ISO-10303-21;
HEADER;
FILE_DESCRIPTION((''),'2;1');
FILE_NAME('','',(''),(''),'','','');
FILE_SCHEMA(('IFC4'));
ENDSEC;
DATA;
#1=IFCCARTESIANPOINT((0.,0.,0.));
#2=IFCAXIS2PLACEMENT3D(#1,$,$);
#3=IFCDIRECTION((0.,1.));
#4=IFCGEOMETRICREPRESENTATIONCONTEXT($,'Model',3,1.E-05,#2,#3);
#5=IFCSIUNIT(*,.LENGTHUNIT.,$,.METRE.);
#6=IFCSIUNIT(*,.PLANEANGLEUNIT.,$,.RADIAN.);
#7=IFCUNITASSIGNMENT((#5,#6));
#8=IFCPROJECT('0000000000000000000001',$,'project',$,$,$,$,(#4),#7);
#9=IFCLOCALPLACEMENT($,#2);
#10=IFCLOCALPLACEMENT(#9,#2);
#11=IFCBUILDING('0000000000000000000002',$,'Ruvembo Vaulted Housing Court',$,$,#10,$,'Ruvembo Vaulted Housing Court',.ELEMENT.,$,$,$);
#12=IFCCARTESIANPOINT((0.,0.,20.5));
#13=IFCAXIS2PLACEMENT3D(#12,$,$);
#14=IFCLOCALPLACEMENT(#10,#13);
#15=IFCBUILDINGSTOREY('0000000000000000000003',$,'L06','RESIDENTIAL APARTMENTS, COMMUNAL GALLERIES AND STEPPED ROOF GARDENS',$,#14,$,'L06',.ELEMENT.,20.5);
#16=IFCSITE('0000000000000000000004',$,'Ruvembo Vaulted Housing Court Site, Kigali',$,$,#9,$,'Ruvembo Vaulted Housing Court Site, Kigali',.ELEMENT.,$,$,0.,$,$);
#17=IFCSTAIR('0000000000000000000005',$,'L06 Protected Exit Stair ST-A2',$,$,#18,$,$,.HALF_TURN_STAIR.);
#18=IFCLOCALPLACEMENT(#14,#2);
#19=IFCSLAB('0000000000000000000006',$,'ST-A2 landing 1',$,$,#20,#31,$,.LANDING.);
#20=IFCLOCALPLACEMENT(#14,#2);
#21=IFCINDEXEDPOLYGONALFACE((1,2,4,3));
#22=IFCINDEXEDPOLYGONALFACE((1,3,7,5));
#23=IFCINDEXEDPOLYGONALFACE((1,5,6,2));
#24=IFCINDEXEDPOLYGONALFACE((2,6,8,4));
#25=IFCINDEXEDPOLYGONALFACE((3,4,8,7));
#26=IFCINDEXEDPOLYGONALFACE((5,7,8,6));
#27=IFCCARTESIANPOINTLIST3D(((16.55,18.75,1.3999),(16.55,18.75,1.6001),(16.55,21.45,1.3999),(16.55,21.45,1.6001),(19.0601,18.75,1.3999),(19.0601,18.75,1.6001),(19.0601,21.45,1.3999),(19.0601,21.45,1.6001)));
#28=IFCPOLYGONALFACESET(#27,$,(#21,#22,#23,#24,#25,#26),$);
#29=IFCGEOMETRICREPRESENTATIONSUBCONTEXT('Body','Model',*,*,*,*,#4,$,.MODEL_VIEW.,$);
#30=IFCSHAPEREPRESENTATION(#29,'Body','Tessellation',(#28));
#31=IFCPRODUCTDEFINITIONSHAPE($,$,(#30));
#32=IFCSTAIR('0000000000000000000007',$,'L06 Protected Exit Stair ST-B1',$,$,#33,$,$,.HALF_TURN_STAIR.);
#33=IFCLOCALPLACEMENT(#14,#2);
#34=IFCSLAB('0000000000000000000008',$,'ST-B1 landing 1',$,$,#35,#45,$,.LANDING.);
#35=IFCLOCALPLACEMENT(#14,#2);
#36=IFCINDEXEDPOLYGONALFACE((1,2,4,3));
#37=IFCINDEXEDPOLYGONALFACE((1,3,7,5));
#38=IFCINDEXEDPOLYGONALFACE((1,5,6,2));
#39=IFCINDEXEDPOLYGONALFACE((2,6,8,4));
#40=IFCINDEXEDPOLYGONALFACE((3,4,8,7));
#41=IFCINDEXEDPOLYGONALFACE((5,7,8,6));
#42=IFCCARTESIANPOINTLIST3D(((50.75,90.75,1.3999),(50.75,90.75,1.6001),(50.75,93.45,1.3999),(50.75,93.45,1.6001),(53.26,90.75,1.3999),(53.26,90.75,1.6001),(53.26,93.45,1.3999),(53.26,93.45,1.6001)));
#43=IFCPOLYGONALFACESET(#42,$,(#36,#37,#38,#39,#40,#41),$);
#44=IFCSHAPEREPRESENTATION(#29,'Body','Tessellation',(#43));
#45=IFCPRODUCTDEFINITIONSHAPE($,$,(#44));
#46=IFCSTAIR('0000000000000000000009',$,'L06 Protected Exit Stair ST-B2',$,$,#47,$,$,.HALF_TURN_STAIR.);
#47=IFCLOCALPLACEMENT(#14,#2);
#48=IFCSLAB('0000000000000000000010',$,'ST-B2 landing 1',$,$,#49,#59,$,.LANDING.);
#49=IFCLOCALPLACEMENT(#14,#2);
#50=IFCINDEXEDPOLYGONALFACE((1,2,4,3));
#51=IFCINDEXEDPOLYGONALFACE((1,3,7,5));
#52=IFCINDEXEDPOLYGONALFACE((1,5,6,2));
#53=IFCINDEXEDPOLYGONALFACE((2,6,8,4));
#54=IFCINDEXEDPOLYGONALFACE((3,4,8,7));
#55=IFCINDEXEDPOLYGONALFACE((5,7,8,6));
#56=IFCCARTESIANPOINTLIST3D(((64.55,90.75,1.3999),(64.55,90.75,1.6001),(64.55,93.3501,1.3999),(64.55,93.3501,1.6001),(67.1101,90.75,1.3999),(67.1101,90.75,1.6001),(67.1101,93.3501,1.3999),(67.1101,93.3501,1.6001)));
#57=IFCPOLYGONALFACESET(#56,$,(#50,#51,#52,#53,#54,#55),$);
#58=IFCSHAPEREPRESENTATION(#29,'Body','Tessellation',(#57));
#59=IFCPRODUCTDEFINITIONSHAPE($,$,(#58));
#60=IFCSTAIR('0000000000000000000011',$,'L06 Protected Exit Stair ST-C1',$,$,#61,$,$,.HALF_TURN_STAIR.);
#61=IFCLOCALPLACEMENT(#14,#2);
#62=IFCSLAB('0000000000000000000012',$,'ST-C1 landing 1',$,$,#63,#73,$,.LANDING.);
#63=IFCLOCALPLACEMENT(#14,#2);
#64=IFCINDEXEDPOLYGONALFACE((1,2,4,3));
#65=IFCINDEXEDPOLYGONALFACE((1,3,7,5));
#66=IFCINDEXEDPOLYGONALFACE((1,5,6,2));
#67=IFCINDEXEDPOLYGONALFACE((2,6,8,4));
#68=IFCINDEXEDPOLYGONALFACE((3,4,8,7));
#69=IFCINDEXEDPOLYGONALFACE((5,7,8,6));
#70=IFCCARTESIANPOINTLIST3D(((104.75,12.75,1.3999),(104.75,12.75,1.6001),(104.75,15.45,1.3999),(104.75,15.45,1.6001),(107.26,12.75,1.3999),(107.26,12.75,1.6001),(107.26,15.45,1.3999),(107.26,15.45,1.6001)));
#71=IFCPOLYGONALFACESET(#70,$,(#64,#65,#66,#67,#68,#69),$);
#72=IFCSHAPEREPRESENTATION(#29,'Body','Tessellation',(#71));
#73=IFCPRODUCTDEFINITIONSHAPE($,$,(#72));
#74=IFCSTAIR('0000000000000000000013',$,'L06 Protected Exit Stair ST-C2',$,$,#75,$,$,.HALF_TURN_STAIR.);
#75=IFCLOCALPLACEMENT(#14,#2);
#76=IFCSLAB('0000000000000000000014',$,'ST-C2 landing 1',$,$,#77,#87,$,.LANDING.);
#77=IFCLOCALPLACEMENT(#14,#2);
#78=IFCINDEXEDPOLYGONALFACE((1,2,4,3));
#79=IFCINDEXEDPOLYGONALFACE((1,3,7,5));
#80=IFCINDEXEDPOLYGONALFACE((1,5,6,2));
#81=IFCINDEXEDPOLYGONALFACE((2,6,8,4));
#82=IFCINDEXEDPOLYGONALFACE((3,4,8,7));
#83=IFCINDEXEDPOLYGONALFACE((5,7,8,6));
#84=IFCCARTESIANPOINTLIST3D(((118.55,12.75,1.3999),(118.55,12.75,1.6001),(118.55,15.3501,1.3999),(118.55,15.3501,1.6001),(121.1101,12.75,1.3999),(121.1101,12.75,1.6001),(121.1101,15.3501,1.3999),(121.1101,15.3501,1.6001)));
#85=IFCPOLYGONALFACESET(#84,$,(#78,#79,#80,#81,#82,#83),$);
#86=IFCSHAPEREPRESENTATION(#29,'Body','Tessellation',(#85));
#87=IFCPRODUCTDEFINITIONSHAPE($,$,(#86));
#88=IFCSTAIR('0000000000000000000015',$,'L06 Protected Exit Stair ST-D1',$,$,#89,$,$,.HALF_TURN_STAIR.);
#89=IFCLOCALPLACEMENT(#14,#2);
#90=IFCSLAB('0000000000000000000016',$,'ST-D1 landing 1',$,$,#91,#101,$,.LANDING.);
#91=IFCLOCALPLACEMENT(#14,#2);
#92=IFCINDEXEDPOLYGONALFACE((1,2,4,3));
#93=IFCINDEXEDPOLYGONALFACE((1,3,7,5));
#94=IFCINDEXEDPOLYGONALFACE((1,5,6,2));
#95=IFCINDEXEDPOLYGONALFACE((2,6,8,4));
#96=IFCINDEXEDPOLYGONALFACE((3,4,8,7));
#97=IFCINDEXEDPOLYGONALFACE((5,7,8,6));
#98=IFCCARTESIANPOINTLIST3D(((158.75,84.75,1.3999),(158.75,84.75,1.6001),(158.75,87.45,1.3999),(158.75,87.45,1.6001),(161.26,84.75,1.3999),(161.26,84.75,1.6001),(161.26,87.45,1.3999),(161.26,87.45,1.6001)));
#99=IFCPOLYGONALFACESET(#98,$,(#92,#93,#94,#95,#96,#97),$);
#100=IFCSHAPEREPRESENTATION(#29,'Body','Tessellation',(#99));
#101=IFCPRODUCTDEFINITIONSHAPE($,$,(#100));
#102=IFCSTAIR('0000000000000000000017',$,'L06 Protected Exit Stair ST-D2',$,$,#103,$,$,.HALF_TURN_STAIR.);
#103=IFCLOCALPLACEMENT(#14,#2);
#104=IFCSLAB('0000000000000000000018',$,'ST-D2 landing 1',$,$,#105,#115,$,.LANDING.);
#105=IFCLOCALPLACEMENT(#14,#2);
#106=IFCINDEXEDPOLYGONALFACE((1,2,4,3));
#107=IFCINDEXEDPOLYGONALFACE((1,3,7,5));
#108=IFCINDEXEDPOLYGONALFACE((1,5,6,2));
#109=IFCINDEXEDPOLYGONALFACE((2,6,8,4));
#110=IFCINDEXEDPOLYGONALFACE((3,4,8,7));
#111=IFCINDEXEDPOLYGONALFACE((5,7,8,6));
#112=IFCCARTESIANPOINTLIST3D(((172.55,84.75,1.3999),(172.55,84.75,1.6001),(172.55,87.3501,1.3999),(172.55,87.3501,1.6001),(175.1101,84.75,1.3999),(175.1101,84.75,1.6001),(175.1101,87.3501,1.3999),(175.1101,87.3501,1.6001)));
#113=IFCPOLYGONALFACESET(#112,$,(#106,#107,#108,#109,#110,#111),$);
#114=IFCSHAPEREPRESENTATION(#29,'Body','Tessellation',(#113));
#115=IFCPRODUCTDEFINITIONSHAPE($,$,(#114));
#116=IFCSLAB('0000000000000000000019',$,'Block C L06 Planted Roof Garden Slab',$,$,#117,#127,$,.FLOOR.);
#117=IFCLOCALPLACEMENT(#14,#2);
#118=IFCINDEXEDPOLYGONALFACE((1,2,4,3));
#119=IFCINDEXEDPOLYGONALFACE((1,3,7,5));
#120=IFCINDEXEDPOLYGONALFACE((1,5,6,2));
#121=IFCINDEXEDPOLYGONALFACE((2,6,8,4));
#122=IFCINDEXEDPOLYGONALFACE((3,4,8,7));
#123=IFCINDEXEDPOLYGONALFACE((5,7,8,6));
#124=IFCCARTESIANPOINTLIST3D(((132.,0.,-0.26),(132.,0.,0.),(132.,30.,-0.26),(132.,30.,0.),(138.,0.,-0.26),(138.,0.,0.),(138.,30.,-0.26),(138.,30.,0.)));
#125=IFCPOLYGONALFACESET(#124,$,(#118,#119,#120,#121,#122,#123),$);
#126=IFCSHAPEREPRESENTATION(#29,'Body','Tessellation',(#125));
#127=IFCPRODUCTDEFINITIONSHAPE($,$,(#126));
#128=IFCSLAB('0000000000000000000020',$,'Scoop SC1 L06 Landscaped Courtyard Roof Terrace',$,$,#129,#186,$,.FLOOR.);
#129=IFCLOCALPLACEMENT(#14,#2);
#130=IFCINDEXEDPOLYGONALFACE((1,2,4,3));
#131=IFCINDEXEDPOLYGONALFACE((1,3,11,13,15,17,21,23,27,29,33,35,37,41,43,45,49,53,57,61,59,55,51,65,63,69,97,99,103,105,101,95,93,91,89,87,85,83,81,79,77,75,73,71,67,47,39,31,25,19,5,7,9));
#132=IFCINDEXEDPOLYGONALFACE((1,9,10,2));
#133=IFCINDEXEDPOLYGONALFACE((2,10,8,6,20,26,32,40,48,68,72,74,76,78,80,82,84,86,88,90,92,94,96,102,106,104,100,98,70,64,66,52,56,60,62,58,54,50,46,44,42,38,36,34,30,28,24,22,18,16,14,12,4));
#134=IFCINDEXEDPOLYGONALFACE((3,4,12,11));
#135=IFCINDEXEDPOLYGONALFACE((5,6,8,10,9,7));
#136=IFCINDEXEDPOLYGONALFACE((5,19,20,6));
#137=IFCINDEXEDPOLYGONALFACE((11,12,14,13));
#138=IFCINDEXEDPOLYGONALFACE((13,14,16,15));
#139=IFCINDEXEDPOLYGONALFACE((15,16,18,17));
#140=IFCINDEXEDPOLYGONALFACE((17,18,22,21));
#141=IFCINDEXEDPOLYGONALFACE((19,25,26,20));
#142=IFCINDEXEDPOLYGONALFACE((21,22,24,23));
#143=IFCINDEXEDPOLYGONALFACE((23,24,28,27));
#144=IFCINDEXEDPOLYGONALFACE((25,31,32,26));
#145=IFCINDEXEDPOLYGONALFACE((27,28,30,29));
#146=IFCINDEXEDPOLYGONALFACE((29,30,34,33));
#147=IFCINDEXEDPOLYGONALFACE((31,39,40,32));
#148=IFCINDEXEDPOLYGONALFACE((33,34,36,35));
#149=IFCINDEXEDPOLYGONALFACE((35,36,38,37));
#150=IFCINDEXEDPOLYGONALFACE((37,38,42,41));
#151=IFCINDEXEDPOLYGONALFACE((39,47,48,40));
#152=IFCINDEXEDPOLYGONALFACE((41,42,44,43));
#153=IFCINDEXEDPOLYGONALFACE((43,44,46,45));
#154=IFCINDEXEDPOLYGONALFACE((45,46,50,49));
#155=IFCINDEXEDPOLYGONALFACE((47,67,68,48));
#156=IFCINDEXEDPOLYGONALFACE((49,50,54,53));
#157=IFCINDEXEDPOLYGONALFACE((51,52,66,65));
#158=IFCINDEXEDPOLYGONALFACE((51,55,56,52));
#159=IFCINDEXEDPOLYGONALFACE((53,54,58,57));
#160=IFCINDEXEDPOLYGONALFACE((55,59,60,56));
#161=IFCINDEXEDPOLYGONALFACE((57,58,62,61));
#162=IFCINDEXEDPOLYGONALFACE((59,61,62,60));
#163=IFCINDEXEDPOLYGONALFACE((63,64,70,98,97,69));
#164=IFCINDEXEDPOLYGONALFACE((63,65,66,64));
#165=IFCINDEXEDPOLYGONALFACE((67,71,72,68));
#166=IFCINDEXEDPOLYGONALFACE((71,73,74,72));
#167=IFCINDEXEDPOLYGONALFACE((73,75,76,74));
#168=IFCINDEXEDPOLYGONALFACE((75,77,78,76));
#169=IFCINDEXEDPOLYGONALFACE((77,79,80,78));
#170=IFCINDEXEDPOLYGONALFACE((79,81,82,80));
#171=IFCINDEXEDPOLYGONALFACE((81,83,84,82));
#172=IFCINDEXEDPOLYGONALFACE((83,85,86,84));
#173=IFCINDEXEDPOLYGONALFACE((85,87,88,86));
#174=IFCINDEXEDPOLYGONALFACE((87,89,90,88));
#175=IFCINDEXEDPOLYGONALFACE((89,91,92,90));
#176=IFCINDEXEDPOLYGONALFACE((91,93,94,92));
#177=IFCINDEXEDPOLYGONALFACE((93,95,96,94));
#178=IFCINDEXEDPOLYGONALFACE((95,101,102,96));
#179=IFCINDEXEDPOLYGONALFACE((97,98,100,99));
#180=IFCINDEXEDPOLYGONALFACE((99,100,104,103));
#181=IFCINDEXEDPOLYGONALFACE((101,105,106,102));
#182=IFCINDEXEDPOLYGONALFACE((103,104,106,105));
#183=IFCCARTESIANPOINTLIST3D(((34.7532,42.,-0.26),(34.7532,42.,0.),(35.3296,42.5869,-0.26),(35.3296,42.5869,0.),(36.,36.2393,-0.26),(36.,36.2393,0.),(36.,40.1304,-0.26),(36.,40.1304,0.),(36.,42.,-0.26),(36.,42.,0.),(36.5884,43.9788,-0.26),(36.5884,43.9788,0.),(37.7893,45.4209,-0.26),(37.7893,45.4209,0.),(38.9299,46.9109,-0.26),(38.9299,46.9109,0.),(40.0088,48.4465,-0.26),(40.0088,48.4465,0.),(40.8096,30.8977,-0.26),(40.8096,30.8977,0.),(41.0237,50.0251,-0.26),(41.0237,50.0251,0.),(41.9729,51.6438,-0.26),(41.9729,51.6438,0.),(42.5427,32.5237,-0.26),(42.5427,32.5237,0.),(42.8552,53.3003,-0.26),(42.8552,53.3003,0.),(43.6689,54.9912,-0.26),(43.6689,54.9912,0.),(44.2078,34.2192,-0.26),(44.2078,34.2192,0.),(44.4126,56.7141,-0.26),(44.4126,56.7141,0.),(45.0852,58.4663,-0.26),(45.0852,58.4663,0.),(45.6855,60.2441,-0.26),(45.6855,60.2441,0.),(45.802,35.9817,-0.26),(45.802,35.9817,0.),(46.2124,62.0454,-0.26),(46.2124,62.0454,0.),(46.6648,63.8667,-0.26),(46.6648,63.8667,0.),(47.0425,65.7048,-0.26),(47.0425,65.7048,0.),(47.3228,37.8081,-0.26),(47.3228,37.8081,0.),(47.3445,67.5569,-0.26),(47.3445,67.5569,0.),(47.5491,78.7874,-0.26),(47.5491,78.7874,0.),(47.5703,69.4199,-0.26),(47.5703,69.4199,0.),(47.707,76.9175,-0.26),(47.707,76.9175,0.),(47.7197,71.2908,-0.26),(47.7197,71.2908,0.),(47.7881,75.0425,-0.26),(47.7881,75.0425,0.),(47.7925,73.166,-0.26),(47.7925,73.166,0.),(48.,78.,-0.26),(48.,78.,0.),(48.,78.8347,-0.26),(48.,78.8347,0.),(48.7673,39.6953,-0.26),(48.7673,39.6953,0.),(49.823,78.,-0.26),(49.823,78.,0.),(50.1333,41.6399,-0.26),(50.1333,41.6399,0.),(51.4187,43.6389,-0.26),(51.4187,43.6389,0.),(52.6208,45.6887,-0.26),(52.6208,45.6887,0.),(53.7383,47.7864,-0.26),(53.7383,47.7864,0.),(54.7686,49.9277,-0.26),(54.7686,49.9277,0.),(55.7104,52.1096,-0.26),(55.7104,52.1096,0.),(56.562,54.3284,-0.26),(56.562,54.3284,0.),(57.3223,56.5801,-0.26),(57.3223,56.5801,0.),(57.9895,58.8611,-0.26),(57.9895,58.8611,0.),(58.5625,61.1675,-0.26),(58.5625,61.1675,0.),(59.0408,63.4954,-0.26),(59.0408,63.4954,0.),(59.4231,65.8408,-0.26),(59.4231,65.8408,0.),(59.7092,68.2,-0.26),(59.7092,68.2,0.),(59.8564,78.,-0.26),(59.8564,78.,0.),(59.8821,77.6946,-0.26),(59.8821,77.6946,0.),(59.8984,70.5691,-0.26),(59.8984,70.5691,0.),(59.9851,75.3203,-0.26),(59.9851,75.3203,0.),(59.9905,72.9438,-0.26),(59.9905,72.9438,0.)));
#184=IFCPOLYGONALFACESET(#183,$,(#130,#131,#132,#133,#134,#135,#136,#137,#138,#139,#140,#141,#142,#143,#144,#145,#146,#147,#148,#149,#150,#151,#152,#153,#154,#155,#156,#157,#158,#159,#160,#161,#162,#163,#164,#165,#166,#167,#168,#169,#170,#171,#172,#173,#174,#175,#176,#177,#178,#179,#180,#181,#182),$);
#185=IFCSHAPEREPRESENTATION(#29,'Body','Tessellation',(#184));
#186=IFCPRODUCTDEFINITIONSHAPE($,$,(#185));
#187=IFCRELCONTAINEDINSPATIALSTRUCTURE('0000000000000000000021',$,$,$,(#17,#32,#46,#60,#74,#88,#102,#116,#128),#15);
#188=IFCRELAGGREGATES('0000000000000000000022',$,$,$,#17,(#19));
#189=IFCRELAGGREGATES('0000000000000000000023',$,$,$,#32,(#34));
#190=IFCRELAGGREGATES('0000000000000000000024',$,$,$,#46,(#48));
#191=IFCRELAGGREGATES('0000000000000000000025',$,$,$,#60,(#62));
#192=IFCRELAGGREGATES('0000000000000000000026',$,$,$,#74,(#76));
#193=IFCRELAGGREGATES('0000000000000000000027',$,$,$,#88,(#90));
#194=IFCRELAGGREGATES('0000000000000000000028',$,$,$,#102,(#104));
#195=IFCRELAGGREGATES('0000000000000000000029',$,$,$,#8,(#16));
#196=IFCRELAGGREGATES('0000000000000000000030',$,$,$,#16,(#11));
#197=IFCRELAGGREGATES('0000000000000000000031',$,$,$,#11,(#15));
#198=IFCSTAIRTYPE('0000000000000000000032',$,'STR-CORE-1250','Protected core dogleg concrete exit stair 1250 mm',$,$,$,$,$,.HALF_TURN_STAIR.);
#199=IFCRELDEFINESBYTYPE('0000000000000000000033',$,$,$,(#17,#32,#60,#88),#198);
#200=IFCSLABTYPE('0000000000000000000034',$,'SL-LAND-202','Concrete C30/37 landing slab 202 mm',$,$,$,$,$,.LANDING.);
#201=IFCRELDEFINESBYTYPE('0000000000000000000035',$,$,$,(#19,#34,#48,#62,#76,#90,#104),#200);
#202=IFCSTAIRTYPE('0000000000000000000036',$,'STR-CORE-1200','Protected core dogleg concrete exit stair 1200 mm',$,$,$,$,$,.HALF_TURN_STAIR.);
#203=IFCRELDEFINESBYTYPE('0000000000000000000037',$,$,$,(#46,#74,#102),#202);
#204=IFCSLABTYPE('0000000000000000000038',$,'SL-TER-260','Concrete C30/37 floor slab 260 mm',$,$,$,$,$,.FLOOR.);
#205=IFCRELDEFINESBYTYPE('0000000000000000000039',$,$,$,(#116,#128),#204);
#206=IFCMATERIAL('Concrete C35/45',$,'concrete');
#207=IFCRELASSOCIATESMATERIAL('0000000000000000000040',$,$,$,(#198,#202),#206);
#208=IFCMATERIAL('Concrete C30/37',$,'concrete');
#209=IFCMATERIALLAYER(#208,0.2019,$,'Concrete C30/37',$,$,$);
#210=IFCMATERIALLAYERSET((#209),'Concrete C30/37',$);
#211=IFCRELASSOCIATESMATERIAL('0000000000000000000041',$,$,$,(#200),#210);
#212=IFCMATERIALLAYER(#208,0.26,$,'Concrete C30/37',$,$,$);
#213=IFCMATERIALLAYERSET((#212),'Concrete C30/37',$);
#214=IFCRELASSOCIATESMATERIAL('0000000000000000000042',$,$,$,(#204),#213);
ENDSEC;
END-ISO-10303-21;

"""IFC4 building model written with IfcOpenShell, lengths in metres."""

from ifc_helpers import new_model, si_unit, direction, frame, origin, place, context, subcontext, project, spatial, polyline, outline, extrude, material, layer, layer_set, type_object, element, aggregate, save


model = new_model("IFC4")

# Units and contexts
model_context = context("Model", 3, precision=1e-05, world=origin(), true_north=direction((0.0, 1.0)))
body_context = subcontext(model_context, "Body", "Model", "MODEL_VIEW")
ifc_project = project(units=[si_unit("LENGTHUNIT", "METRE"), si_unit("PLANEANGLEUNIT", "RADIAN")], contexts=[model_context])

# Site, building, storey
site_placement = place(None, origin())
site = spatial("IfcSite", under=ifc_project, at=site_placement, Name="Ruvembo Vaulted Housing Court Site, Kigali", LongName="Ruvembo Vaulted Housing Court Site, Kigali", CompositionType="ELEMENT", RefElevation=0.0)
building_placement = place(site_placement, origin())
building = spatial("IfcBuilding", under=site, at=building_placement, Name="Ruvembo Vaulted Housing Court", LongName="Ruvembo Vaulted Housing Court", CompositionType="ELEMENT")
storey_placement = place(building_placement, frame((0.0, 0.0, 20.5)))
storey = spatial("IfcBuildingStorey", under=building, at=storey_placement, Name="L06", Description="RESIDENTIAL APARTMENTS, COMMUNAL GALLERIES AND STEPPED ROOF GARDENS", LongName="L06", CompositionType="ELEMENT", Elevation=20.5)

# Shared definitions
ifc_material_1 = material(Name="Concrete C30/37", Category="concrete")

# Stairs, slabs
ifc_material_2 = material(Name="Concrete C35/45", Category="concrete")
stair_type_1 = type_object("IfcStairType", Name="STR-CORE-1250", Description="Protected core dogleg concrete exit stair 1250 mm", PredefinedType="HALF_TURN_STAIR", material=ifc_material_2)
ifc_layer_1 = layer(ifc_material_1, 0.2019, Name="Concrete C30/37")
ifc_layer_set_1 = layer_set([ifc_layer_1], Name="Concrete C30/37")
slab_type_1 = type_object("IfcSlabType", Name="SL-LAND-202", Description="Concrete C30/37 landing slab 202 mm", PredefinedType="LANDING", material=ifc_layer_set_1)
stair_1_placement = place(storey_placement, origin())
stair_1 = element("IfcStair", 1, at=stair_1_placement, inside=storey, type_object=stair_type_1, Name="L06 Protected Exit Stair ST-A2", PredefinedType="HALF_TURN_STAIR")
slab_1_placement = place(storey_placement, frame((0.0, 0.0, 1.3999)))
slab_1 = element("IfcSlab", 2, at=slab_1_placement, type_object=slab_type_1, Name="ST-A2 landing 1", PredefinedType="LANDING", context=body_context, shape_type="SweptSolid", body=[
    extrude(outline(polyline([(19.0601, 21.45), (16.55, 21.45), (16.55, 18.75), (19.0601, 18.75), (19.0601, 21.45)])), origin(), (0.0, 0.0, 1.0), 0.2002),
])
aggregate(stair_1, [slab_1])
stair_2_placement = place(storey_placement, origin())
stair_2 = element("IfcStair", 3, at=stair_2_placement, inside=storey, type_object=stair_type_1, Name="L06 Protected Exit Stair ST-B1", PredefinedType="HALF_TURN_STAIR")
slab_2_placement = place(storey_placement, frame((0.0, 0.0, 1.3999)))
slab_2 = element("IfcSlab", 4, at=slab_2_placement, type_object=slab_type_1, Name="ST-B1 landing 1", PredefinedType="LANDING", context=body_context, shape_type="SweptSolid", body=[
    extrude(outline(polyline([(53.26, 93.45), (50.75, 93.45), (50.75, 90.75), (53.26, 90.75), (53.26, 93.45)])), origin(), (0.0, 0.0, 1.0), 0.2002),
])
aggregate(stair_2, [slab_2])
stair_type_2 = type_object("IfcStairType", Name="STR-CORE-1200", Description="Protected core dogleg concrete exit stair 1200 mm", PredefinedType="HALF_TURN_STAIR", material=ifc_material_2)
stair_3_placement = place(storey_placement, origin())
stair_3 = element("IfcStair", 5, at=stair_3_placement, inside=storey, type_object=stair_type_2, Name="L06 Protected Exit Stair ST-B2", PredefinedType="HALF_TURN_STAIR")
slab_3_placement = place(storey_placement, frame((0.0, 0.0, 1.3999)))
slab_3 = element("IfcSlab", 6, at=slab_3_placement, type_object=slab_type_1, Name="ST-B2 landing 1", PredefinedType="LANDING", context=body_context, shape_type="SweptSolid", body=[
    extrude(outline(polyline([(67.1101, 93.3501), (64.55, 93.3501), (64.55, 90.75), (67.1101, 90.75), (67.1101, 93.3501)])), origin(), (0.0, 0.0, 1.0), 0.2002),
])
aggregate(stair_3, [slab_3])
stair_4_placement = place(storey_placement, origin())
stair_4 = element("IfcStair", 7, at=stair_4_placement, inside=storey, type_object=stair_type_1, Name="L06 Protected Exit Stair ST-C1", PredefinedType="HALF_TURN_STAIR")
slab_4_placement = place(storey_placement, frame((0.0, 0.0, 1.3999)))
slab_4 = element("IfcSlab", 8, at=slab_4_placement, type_object=slab_type_1, Name="ST-C1 landing 1", PredefinedType="LANDING", context=body_context, shape_type="SweptSolid", body=[
    extrude(outline(polyline([(107.26, 15.45), (104.75, 15.45), (104.75, 12.75), (107.26, 12.75), (107.26, 15.45)])), origin(), (0.0, 0.0, 1.0), 0.2002),
])
aggregate(stair_4, [slab_4])
stair_5_placement = place(storey_placement, origin())
stair_5 = element("IfcStair", 9, at=stair_5_placement, inside=storey, type_object=stair_type_2, Name="L06 Protected Exit Stair ST-C2", PredefinedType="HALF_TURN_STAIR")
slab_5_placement = place(storey_placement, frame((0.0, 0.0, 1.3999)))
slab_5 = element("IfcSlab", 10, at=slab_5_placement, type_object=slab_type_1, Name="ST-C2 landing 1", PredefinedType="LANDING", context=body_context, shape_type="SweptSolid", body=[
    extrude(outline(polyline([(121.1101, 15.3501), (118.55, 15.3501), (118.55, 12.75), (121.1101, 12.75), (121.1101, 15.3501)])), origin(), (0.0, 0.0, 1.0), 0.2002),
])
aggregate(stair_5, [slab_5])
stair_6_placement = place(storey_placement, origin())
stair_6 = element("IfcStair", 11, at=stair_6_placement, inside=storey, type_object=stair_type_1, Name="L06 Protected Exit Stair ST-D1", PredefinedType="HALF_TURN_STAIR")
slab_6_placement = place(storey_placement, frame((0.0, 0.0, 1.3999)))
slab_6 = element("IfcSlab", 12, at=slab_6_placement, type_object=slab_type_1, Name="ST-D1 landing 1", PredefinedType="LANDING", context=body_context, shape_type="SweptSolid", body=[
    extrude(outline(polyline([(161.26, 87.45), (158.75, 87.45), (158.75, 84.75), (161.26, 84.75), (161.26, 87.45)])), origin(), (0.0, 0.0, 1.0), 0.2002),
])
aggregate(stair_6, [slab_6])
stair_7_placement = place(storey_placement, origin())
stair_7 = element("IfcStair", 13, at=stair_7_placement, inside=storey, type_object=stair_type_2, Name="L06 Protected Exit Stair ST-D2", PredefinedType="HALF_TURN_STAIR")
slab_7_placement = place(storey_placement, frame((0.0, 0.0, 1.3999)))
slab_7 = element("IfcSlab", 14, at=slab_7_placement, type_object=slab_type_1, Name="ST-D2 landing 1", PredefinedType="LANDING", context=body_context, shape_type="SweptSolid", body=[
    extrude(outline(polyline([(175.1101, 87.3501), (172.55, 87.3501), (172.55, 84.75), (175.1101, 84.75), (175.1101, 87.3501)])), origin(), (0.0, 0.0, 1.0), 0.2002),
])
aggregate(stair_7, [slab_7])

# Slabs
ifc_layer_2 = layer(ifc_material_1, 0.26, Name="Concrete C30/37")
ifc_layer_set_2 = layer_set([ifc_layer_2], Name="Concrete C30/37")
slab_type_2 = type_object("IfcSlabType", Name="SL-TER-260", Description="Concrete C30/37 floor slab 260 mm", PredefinedType="FLOOR", material=ifc_layer_set_2)
slab_8_placement = place(storey_placement, frame((0.0, 0.0, -0.26)))
element("IfcSlab", 15, at=slab_8_placement, inside=storey, type_object=slab_type_2, Name="Block C L06 Planted Roof Garden Slab", PredefinedType="FLOOR", context=body_context, shape_type="SweptSolid", body=[
    extrude(outline(polyline([(132.0, 0.0), (138.0, 0.0), (138.0, 30.0), (132.0, 30.0), (132.0, 0.0)])), origin(), (0.0, 0.0, 1.0), 0.26),
])
slab_9_placement = place(storey_placement, frame((0.0, 0.0, -0.26)))
element("IfcSlab", 16, at=slab_9_placement, inside=storey, type_object=slab_type_2, Name="Scoop SC1 L06 Landscaped Courtyard Roof Terrace", PredefinedType="FLOOR", context=body_context, shape_type="SweptSolid", body=[
    extrude(outline(polyline([(49.823, 78.0), (48.0, 78.0), (48.0, 78.8347), (47.5491, 78.7874), (47.707, 76.9175), (47.7881, 75.0425), (47.7925, 73.166), (47.7197, 71.2908), (47.5703, 69.4199), (47.3445, 67.5569), (47.0425, 65.7048), (46.6648, 63.8667), (46.2124, 62.0454), (45.6855, 60.2441), (45.0852, 58.4663), (44.4126, 56.7141), (43.6689, 54.9912), (42.8552, 53.3003), (41.9729, 51.6438), (41.0237, 50.0251), (40.0088, 48.4465), (38.9299, 46.9109), (37.7893, 45.4209), (36.5884, 43.9788), (35.3296, 42.5869), (34.7532, 42.0), (36.0, 42.0), (36.0, 40.1304), (36.0, 36.2393), (40.8096, 30.8977), (42.5427, 32.5237), (44.2078, 34.2192), (45.802, 35.9817), (47.3228, 37.8081), (48.7673, 39.6953), (50.1333, 41.6399), (51.4187, 43.6389), (52.6208, 45.6887), (53.7383, 47.7864), (54.7686, 49.9277), (55.7104, 52.1096), (56.562, 54.3284), (57.3223, 56.5801), (57.9895, 58.8611), (58.5625, 61.1675), (59.0408, 63.4954), (59.4231, 65.8408), (59.7092, 68.2), (59.8984, 70.5691), (59.9905, 72.9438), (59.9851, 75.3203), (59.8821, 77.6946), (59.8564, 78.0), (49.823, 78.0)])), origin(), (0.0, 0.0, 1.0), 0.26),
])

save(model, "model.ifc")
